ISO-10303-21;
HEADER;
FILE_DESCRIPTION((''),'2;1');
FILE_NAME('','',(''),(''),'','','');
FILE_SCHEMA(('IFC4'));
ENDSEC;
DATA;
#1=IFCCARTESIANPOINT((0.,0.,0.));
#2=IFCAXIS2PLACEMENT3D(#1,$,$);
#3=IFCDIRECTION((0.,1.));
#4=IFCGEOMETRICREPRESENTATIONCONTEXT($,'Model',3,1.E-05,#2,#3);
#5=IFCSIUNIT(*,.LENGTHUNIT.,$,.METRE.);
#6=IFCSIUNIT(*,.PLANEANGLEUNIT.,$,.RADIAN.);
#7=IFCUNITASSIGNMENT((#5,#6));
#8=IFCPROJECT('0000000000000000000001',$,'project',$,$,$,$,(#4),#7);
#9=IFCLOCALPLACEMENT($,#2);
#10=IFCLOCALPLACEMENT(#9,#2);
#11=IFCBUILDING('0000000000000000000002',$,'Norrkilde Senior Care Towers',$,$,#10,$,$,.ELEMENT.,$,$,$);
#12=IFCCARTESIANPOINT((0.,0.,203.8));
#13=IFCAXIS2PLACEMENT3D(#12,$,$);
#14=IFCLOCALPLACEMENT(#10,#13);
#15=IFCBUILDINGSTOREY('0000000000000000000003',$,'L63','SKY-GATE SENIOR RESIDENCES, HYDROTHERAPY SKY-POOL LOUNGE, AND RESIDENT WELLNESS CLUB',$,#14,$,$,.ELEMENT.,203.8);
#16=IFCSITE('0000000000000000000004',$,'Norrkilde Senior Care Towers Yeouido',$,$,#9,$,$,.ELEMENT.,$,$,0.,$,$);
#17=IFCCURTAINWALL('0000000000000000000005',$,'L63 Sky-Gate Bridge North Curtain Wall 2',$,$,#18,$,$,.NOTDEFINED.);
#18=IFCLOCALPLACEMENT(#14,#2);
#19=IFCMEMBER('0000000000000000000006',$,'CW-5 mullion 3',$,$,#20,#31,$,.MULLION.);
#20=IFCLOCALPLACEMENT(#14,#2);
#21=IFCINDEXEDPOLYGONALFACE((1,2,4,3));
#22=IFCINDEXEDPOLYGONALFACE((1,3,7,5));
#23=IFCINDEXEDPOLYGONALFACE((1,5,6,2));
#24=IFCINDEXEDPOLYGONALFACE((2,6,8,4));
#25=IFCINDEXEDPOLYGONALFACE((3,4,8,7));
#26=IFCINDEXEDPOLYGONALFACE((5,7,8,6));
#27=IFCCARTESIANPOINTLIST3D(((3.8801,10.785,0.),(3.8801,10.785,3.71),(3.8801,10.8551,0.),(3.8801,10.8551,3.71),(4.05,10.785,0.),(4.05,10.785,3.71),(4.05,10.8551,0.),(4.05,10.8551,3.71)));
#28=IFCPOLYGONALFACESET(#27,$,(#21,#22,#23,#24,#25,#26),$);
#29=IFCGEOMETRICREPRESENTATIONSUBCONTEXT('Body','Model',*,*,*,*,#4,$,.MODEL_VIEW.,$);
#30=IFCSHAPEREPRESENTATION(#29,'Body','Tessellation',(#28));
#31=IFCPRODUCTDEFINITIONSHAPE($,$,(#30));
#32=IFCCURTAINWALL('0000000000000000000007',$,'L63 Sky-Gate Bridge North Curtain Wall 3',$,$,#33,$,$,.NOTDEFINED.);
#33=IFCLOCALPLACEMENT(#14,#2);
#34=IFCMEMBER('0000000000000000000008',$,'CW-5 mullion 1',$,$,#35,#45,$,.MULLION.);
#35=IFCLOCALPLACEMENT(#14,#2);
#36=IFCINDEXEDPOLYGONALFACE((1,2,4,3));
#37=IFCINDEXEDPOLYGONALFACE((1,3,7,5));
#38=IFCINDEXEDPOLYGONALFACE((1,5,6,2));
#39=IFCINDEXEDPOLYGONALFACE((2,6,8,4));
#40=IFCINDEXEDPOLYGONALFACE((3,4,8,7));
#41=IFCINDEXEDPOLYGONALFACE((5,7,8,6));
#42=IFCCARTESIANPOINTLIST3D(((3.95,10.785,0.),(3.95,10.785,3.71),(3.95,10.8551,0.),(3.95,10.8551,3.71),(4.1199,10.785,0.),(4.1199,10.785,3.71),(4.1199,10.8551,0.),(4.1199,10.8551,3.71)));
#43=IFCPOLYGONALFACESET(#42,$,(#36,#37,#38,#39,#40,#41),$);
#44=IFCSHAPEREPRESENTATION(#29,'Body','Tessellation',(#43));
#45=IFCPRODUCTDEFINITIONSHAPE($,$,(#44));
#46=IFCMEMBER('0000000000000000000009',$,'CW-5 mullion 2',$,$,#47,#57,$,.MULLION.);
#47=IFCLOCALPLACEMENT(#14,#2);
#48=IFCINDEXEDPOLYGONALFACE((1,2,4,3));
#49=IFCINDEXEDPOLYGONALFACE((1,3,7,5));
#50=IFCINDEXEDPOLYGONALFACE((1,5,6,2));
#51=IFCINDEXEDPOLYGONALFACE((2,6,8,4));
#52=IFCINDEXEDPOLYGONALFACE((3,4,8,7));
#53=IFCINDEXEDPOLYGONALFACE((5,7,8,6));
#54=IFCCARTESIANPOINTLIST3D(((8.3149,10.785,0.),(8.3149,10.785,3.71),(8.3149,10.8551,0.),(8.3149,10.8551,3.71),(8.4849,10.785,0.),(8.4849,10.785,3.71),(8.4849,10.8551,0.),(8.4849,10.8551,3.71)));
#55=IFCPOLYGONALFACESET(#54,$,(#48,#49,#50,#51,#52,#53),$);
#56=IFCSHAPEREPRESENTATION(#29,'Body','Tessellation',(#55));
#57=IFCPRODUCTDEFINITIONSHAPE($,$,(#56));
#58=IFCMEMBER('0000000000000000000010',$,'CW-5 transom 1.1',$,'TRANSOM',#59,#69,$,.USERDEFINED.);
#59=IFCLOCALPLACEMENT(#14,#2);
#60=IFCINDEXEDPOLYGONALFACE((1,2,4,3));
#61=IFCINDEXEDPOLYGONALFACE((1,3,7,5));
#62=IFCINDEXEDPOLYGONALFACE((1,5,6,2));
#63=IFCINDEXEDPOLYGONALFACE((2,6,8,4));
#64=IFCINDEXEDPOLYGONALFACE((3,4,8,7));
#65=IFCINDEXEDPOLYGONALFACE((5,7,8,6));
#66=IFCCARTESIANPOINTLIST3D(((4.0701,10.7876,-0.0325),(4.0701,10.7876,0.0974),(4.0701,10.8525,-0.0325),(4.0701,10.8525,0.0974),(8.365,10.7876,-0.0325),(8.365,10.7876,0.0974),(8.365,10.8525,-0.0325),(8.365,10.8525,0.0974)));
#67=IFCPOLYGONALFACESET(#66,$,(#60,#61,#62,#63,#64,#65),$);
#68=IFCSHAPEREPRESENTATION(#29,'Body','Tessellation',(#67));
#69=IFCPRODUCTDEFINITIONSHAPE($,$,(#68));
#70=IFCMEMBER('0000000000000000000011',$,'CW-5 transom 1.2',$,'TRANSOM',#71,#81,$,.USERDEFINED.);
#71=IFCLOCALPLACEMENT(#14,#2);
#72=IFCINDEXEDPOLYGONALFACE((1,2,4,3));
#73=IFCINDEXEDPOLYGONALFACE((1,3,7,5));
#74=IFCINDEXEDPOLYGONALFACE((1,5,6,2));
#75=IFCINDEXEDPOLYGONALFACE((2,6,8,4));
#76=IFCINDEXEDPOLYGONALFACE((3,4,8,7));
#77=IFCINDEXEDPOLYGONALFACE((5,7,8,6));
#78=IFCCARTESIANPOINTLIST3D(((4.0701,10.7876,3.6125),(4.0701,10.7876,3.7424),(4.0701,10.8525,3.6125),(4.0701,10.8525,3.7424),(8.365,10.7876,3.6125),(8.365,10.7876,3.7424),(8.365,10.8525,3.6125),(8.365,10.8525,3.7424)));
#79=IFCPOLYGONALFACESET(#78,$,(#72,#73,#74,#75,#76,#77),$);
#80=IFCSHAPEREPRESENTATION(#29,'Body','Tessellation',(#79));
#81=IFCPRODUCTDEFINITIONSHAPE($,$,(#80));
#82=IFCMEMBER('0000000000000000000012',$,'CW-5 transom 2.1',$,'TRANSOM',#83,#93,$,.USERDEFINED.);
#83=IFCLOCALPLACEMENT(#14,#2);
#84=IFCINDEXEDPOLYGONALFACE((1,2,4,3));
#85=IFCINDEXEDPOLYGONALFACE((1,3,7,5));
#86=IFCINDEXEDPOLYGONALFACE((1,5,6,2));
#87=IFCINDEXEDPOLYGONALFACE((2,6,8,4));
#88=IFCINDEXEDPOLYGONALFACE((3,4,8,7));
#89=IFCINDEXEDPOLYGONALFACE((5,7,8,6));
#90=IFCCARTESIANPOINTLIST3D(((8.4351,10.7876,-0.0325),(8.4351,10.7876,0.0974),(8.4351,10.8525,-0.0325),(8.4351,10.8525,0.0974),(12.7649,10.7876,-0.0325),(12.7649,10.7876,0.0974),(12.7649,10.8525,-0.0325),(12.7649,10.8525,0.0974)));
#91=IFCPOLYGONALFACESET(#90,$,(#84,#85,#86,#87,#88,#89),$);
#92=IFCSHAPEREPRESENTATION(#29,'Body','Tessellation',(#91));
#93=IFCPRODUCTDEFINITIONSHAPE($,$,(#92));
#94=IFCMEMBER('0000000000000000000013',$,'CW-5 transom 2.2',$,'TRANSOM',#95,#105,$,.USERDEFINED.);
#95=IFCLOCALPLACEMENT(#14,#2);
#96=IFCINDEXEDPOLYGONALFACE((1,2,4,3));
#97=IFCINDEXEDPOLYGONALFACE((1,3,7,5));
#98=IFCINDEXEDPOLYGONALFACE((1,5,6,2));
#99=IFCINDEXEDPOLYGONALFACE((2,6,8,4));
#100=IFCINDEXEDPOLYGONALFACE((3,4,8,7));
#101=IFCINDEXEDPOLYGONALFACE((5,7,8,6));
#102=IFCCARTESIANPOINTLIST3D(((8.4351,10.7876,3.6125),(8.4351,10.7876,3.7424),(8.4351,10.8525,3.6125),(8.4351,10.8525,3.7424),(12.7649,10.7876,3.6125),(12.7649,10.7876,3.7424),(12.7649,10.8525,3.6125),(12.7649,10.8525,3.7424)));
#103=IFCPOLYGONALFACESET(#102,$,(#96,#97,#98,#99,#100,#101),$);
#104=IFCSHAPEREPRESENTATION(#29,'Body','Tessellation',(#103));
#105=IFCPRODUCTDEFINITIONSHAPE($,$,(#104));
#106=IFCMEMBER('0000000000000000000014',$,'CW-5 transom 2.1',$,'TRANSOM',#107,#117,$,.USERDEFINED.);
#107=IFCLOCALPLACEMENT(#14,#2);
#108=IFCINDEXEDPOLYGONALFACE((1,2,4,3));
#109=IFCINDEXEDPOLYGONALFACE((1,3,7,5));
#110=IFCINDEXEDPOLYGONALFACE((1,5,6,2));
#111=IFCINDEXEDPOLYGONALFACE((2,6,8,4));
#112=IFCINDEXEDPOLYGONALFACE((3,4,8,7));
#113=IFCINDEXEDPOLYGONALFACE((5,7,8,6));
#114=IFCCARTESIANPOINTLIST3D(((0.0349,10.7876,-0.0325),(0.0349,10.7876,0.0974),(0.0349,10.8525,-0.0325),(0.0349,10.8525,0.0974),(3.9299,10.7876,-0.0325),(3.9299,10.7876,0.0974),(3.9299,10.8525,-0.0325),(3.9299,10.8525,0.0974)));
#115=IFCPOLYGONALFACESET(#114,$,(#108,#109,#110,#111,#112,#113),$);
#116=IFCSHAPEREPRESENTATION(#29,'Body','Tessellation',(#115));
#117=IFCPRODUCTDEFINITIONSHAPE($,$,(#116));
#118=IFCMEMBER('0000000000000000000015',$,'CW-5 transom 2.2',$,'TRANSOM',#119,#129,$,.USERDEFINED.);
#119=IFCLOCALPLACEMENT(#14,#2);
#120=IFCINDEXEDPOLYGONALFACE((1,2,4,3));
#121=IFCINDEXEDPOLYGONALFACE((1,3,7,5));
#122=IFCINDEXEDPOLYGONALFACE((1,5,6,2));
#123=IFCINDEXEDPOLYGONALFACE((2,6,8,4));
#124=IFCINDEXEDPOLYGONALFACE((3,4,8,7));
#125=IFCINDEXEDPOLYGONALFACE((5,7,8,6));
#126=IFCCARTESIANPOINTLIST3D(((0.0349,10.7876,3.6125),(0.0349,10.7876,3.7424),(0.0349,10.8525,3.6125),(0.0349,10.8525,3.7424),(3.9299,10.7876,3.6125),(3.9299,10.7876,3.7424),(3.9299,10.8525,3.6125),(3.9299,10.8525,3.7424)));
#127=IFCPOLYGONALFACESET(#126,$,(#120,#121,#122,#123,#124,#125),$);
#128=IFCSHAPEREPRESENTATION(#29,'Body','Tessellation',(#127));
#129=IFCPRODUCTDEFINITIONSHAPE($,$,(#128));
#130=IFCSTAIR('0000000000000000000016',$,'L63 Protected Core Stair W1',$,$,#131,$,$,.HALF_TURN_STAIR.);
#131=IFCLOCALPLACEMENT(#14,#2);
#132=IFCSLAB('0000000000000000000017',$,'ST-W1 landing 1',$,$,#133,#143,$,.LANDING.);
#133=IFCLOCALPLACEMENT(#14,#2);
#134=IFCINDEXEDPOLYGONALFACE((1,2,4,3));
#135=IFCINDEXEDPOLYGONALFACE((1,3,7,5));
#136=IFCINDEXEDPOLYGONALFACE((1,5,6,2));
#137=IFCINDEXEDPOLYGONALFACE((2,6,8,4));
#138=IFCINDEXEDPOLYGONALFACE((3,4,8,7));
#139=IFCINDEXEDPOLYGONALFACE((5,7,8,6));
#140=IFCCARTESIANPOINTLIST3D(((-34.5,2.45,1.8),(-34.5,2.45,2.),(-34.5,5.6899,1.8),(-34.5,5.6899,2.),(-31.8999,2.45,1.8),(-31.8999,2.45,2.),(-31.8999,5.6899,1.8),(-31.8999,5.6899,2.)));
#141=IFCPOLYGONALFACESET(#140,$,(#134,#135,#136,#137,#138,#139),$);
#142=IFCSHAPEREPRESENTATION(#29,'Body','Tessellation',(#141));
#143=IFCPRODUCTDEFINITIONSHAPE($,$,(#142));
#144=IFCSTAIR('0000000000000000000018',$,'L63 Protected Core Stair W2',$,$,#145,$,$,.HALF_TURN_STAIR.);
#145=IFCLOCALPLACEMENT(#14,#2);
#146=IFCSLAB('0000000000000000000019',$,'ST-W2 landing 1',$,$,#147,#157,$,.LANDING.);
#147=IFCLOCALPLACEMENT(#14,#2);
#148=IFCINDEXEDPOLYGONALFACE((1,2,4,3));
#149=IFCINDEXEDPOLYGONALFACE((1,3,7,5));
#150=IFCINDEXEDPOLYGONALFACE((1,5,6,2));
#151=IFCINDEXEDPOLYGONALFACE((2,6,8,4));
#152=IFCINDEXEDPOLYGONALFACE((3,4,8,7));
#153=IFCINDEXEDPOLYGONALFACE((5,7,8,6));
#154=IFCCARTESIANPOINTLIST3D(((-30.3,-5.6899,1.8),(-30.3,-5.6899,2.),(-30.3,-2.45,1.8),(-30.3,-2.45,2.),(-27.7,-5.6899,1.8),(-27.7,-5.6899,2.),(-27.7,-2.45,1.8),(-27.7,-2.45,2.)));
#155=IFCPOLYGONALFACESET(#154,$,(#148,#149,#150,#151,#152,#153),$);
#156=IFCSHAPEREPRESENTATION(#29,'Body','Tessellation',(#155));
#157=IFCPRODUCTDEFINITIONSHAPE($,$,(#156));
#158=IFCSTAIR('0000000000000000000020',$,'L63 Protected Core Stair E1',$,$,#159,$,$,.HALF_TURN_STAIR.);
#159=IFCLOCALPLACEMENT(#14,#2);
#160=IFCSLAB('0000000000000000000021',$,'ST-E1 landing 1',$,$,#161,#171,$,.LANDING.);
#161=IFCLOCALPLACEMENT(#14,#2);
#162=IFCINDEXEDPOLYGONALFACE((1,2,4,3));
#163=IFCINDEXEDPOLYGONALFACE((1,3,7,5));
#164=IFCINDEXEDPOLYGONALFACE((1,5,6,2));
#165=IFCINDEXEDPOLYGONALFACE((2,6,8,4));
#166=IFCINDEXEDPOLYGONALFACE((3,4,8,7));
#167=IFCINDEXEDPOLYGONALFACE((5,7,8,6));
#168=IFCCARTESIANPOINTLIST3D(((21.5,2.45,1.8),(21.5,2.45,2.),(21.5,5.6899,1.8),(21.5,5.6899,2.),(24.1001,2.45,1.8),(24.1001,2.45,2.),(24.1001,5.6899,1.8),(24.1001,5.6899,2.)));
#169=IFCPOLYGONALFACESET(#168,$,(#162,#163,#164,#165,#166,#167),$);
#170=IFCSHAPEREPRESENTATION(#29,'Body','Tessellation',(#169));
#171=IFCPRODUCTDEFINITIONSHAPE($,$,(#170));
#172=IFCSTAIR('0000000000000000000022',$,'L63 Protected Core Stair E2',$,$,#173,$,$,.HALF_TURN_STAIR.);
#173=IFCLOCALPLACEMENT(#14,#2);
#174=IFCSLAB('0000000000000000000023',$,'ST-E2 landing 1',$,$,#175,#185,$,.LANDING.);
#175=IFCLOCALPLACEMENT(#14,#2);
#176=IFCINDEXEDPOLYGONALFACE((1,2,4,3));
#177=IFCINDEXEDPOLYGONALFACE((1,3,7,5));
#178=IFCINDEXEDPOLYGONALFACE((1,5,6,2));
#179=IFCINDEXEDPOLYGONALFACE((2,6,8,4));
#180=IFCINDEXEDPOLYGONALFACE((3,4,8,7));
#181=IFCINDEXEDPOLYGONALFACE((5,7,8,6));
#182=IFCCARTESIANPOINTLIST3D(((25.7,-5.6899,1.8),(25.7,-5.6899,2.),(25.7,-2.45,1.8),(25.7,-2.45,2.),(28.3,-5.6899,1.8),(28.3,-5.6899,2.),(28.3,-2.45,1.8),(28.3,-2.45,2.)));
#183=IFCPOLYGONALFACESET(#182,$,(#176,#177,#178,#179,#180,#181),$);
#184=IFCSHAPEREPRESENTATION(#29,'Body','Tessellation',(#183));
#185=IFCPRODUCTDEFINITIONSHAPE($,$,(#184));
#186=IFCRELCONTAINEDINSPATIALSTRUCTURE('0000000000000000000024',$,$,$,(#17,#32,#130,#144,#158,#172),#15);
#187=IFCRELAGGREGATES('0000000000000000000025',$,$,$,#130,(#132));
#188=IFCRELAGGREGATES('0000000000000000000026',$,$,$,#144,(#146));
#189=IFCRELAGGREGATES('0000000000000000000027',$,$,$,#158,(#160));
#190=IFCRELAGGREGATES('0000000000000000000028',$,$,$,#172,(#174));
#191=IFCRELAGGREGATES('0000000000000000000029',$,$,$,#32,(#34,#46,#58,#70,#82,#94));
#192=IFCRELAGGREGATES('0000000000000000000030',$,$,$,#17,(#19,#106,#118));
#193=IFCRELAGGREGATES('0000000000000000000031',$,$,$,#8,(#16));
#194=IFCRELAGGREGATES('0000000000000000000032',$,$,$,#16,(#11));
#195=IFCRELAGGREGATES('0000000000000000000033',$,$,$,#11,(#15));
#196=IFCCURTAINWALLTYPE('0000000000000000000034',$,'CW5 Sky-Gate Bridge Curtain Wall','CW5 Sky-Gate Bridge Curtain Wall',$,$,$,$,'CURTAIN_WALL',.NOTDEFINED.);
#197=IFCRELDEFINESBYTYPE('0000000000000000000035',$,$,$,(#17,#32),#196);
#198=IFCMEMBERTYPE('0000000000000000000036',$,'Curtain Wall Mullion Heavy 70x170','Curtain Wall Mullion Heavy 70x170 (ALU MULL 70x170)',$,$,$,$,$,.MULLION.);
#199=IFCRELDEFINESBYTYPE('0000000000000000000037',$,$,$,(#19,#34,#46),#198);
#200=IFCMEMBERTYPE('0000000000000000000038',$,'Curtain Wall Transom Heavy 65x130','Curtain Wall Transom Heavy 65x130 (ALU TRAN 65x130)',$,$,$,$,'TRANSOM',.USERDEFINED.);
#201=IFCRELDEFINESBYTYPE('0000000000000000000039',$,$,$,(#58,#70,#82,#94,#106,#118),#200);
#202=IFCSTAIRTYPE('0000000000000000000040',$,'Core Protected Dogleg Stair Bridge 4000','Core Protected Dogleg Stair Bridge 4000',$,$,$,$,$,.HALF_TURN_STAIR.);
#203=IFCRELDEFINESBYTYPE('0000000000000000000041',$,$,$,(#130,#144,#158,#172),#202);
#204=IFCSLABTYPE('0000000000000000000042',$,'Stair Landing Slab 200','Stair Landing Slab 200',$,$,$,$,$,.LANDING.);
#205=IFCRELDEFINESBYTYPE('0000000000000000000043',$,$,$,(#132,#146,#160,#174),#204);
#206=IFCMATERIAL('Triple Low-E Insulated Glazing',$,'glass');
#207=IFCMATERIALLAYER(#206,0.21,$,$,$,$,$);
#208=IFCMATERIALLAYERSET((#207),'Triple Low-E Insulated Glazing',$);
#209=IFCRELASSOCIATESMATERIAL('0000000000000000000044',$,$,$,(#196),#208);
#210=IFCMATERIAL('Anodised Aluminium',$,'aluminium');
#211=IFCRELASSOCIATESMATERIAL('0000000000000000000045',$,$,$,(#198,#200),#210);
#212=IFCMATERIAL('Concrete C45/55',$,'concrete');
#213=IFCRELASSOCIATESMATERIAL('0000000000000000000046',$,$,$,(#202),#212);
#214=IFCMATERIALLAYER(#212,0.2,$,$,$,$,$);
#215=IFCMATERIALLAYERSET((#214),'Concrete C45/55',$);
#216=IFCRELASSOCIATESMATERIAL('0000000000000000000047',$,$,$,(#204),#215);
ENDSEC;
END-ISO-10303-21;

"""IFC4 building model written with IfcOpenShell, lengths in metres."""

from ifc_helpers import new_model, si_unit, direction, frame, origin, origin_2d, place, context, subcontext, project, spatial, polyline, rectangle, outline, extrude, source, transform, mapped, material, layer, layer_set, material_profile, profile_set, type_object, type_shapes, element, aggregate, save


model = new_model("IFC4")

# Units and contexts
model_context = context("Model", 3, precision=1e-05, world=origin(), true_north=direction((0.0, 1.0)))
body_context = subcontext(model_context, "Body", "Model", "MODEL_VIEW")
ifc_project = project(units=[si_unit("LENGTHUNIT", "METRE"), si_unit("PLANEANGLEUNIT", "RADIAN")], contexts=[model_context])

# Site, building, storey
site_placement = place(None, origin())
site = spatial("IfcSite", under=ifc_project, at=site_placement, Name="Norrkilde Senior Care Towers Yeouido", CompositionType="ELEMENT", RefElevation=0.0)
building_placement = place(site_placement, origin())
building = spatial("IfcBuilding", under=site, at=building_placement, Name="Norrkilde Senior Care Towers", CompositionType="ELEMENT")
storey_placement = place(building_placement, frame((0.0, 0.0, 203.8)))
storey = spatial("IfcBuildingStorey", under=building, at=storey_placement, Name="L63", Description="SKY-GATE SENIOR RESIDENCES, HYDROTHERAPY SKY-POOL LOUNGE, AND RESIDENT WELLNESS CLUB", CompositionType="ELEMENT", Elevation=203.8)

# Curtain wall, member
ifc_material_1 = material(Name="Triple Low-E Insulated Glazing", Category="glass")
ifc_layer_1 = layer(ifc_material_1, 0.21)
ifc_layer_set_1 = layer_set([ifc_layer_1], Name="Triple Low-E Insulated Glazing")
curtain_wall_type = type_object("IfcCurtainWallType", Name="CW5 Sky-Gate Bridge Curtain Wall", Description="CW5 Sky-Gate Bridge Curtain Wall", ElementType="CURTAIN_WALL", PredefinedType="NOTDEFINED", material=ifc_layer_set_1)
curtain_wall_1_placement = place(storey_placement, origin())
curtain_wall_1 = element("IfcCurtainWall", 1, at=curtain_wall_1_placement, inside=storey, type_object=curtain_wall_type, Name="L63 Sky-Gate Bridge North Curtain Wall 2", PredefinedType="NOTDEFINED")
ifc_material_2 = material(Name="Anodised Aluminium", Category="aluminium")
ifc_material_profile_1 = material_profile(ifc_material_2, rectangle(XDim=0.0701, YDim=0.1699, at=origin_2d()), Name="ALU MULL 70x170")
ifc_profile_set_1 = profile_set([ifc_material_profile_1], Name="Anodised Aluminium")
member_type_1 = type_object("IfcMemberType", Name="Curtain Wall Mullion Heavy 70x170", Description="Curtain Wall Mullion Heavy 70x170 (ALU MULL 70x170)", PredefinedType="MULLION", material=ifc_profile_set_1)
shared_shape_1 = source(origin(), body_context, "Body", "SweptSolid", [
    extrude(rectangle(XDim=0.0701, YDim=0.1699, at=origin_2d()), origin(), (0.0, 0.0, 1.0), 3.71),
])
type_shapes(member_type_1, [shared_shape_1])
member_1_placement = place(storey_placement, frame((3.9651, 10.8201, 0.0), z_axis=(0.0, 0.0, 1.0), x_axis=(0.0, 1.0, 0.0)))
member_1 = element("IfcMember", 2, at=member_1_placement, type_object=member_type_1, Name="CW-5 mullion 3", PredefinedType="MULLION", context=body_context, shape_type="MappedRepresentation", body=[
    mapped(shared_shape_1, transform((0.0, 0.0, 0.0), x_axis=(1.0, 0.0, 0.0), y_axis=(0.0, 1.0, 0.0), z_axis=(0.0, 0.0, 1.0), scale=1.0)),
])

# Curtain wall, members
curtain_wall_2_placement = place(storey_placement, origin())
curtain_wall_2 = element("IfcCurtainWall", 3, at=curtain_wall_2_placement, inside=storey, type_object=curtain_wall_type, Name="L63 Sky-Gate Bridge North Curtain Wall 3", PredefinedType="NOTDEFINED")
member_2_placement = place(storey_placement, frame((4.0349, 10.8201, 0.0), z_axis=(0.0, 0.0, 1.0), x_axis=(0.0, 1.0, 0.0)))
member_2 = element("IfcMember", 4, at=member_2_placement, type_object=member_type_1, Name="CW-5 mullion 1", PredefinedType="MULLION", context=body_context, shape_type="MappedRepresentation", body=[
    mapped(shared_shape_1, transform((0.0, 0.0, 0.0), x_axis=(1.0, 0.0, 0.0), y_axis=(0.0, 1.0, 0.0), z_axis=(0.0, 0.0, 1.0), scale=1.0)),
])
member_3_placement = place(storey_placement, frame((8.3999, 10.8201, 0.0), z_axis=(0.0, 0.0, 1.0), x_axis=(0.0, 1.0, 0.0)))
member_3 = element("IfcMember", 5, at=member_3_placement, type_object=member_type_1, Name="CW-5 mullion 2", PredefinedType="MULLION", context=body_context, shape_type="MappedRepresentation", body=[
    mapped(shared_shape_1, transform((0.0, 0.0, 0.0), x_axis=(1.0, 0.0, 0.0), y_axis=(0.0, 1.0, 0.0), z_axis=(0.0, 0.0, 1.0), scale=1.0)),
])
ifc_material_profile_2 = material_profile(ifc_material_2, rectangle(XDim=0.0649, YDim=0.1299, at=origin_2d()), Name="ALU TRAN 65x130")
ifc_profile_set_2 = profile_set([ifc_material_profile_2], Name="Anodised Aluminium")
member_type_2 = type_object("IfcMemberType", Name="Curtain Wall Transom Heavy 65x130", Description="Curtain Wall Transom Heavy 65x130 (ALU TRAN 65x130)", ElementType="TRANSOM", PredefinedType="USERDEFINED", material=ifc_profile_set_2)
shared_shape_2 = source(origin(), body_context, "Body", "SweptSolid", [
    extrude(rectangle(XDim=0.0649, YDim=0.1299, at=origin_2d()), origin(), (0.0, 0.0, 1.0), 4.2949),
])
member_4_placement = place(storey_placement, frame((4.0701, 10.8201, 0.0325), z_axis=(1.0, 0.0, 0.0), x_axis=(0.0, 1.0, 0.0)))
member_4 = element("IfcMember", 6, at=member_4_placement, type_object=member_type_2, Name="CW-5 transom 1.1", ObjectType="TRANSOM", PredefinedType="USERDEFINED", context=body_context, shape_type="MappedRepresentation", body=[
    mapped(shared_shape_2, transform((0.0, 0.0, 0.0), x_axis=(1.0, 0.0, 0.0), y_axis=(0.0, 1.0, 0.0), z_axis=(0.0, 0.0, 1.0), scale=1.0)),
])
member_5_placement = place(storey_placement, frame((4.0701, 10.8201, 3.6775), z_axis=(1.0, 0.0, 0.0), x_axis=(0.0, 1.0, 0.0)))
member_5 = element("IfcMember", 7, at=member_5_placement, type_object=member_type_2, Name="CW-5 transom 1.2", ObjectType="TRANSOM", PredefinedType="USERDEFINED", context=body_context, shape_type="MappedRepresentation", body=[
    mapped(shared_shape_2, transform((0.0, 0.0, 0.0), x_axis=(1.0, 0.0, 0.0), y_axis=(0.0, 1.0, 0.0), z_axis=(0.0, 0.0, 1.0), scale=1.0)),
])
shared_shape_3 = source(origin(), body_context, "Body", "SweptSolid", [
    extrude(rectangle(XDim=0.0649, YDim=0.1299, at=origin_2d()), origin(), (0.0, 0.0, 1.0), 4.3298),
])
member_6_placement = place(storey_placement, frame((8.4351, 10.8201, 0.0325), z_axis=(1.0, 0.0, 0.0), x_axis=(0.0, 1.0, 0.0)))
member_6 = element("IfcMember", 8, at=member_6_placement, type_object=member_type_2, Name="CW-5 transom 2.1", ObjectType="TRANSOM", PredefinedType="USERDEFINED", context=body_context, shape_type="MappedRepresentation", body=[
    mapped(shared_shape_3, transform((0.0, 0.0, 0.0), x_axis=(1.0, 0.0, 0.0), y_axis=(0.0, 1.0, 0.0), z_axis=(0.0, 0.0, 1.0), scale=1.0)),
])
member_7_placement = place(storey_placement, frame((8.4351, 10.8201, 3.6775), z_axis=(1.0, 0.0, 0.0), x_axis=(0.0, 1.0, 0.0)))
member_7 = element("IfcMember", 9, at=member_7_placement, type_object=member_type_2, Name="CW-5 transom 2.2", ObjectType="TRANSOM", PredefinedType="USERDEFINED", context=body_context, shape_type="MappedRepresentation", body=[
    mapped(shared_shape_3, transform((0.0, 0.0, 0.0), x_axis=(1.0, 0.0, 0.0), y_axis=(0.0, 1.0, 0.0), z_axis=(0.0, 0.0, 1.0), scale=1.0)),
])

# Members
shared_shape_4 = source(origin(), body_context, "Body", "SweptSolid", [
    extrude(rectangle(XDim=0.0649, YDim=0.1299, at=origin_2d()), origin(), (0.0, 0.0, 1.0), 3.895),
])
type_shapes(member_type_2, [shared_shape_2, shared_shape_3, shared_shape_4])
member_8_placement = place(storey_placement, frame((0.0349, 10.8201, 0.0325), z_axis=(1.0, 0.0, 0.0), x_axis=(0.0, 1.0, 0.0)))
member_8 = element("IfcMember", 10, at=member_8_placement, type_object=member_type_2, Name="CW-5 transom 2.1", ObjectType="TRANSOM", PredefinedType="USERDEFINED", context=body_context, shape_type="MappedRepresentation", body=[
    mapped(shared_shape_4, transform((0.0, 0.0, 0.0), x_axis=(1.0, 0.0, 0.0), y_axis=(0.0, 1.0, 0.0), z_axis=(0.0, 0.0, 1.0), scale=1.0)),
])
member_9_placement = place(storey_placement, frame((0.0349, 10.8201, 3.6775), z_axis=(1.0, 0.0, 0.0), x_axis=(0.0, 1.0, 0.0)))
member_9 = element("IfcMember", 11, at=member_9_placement, type_object=member_type_2, Name="CW-5 transom 2.2", ObjectType="TRANSOM", PredefinedType="USERDEFINED", context=body_context, shape_type="MappedRepresentation", body=[
    mapped(shared_shape_4, transform((0.0, 0.0, 0.0), x_axis=(1.0, 0.0, 0.0), y_axis=(0.0, 1.0, 0.0), z_axis=(0.0, 0.0, 1.0), scale=1.0)),
])

# Stairs, slabs
ifc_material_3 = material(Name="Concrete C45/55", Category="concrete")
stair_type = type_object("IfcStairType", Name="Core Protected Dogleg Stair Bridge 4000", Description="Core Protected Dogleg Stair Bridge 4000", PredefinedType="HALF_TURN_STAIR", material=ifc_material_3)
stair_1_placement = place(storey_placement, origin())
stair_1 = element("IfcStair", 12, at=stair_1_placement, inside=storey, type_object=stair_type, Name="L63 Protected Core Stair W1", PredefinedType="HALF_TURN_STAIR")
ifc_layer_2 = layer(ifc_material_3, 0.2)
ifc_layer_set_2 = layer_set([ifc_layer_2], Name="Concrete C45/55")
slab_type = type_object("IfcSlabType", Name="Stair Landing Slab 200", Description="Stair Landing Slab 200", PredefinedType="LANDING", material=ifc_layer_set_2)
slab_1_placement = place(storey_placement, frame((0.0, 0.0, 1.8)))
slab_1 = element("IfcSlab", 13, at=slab_1_placement, type_object=slab_type, Name="ST-W1 landing 1", PredefinedType="LANDING", context=body_context, shape_type="SweptSolid", body=[
    extrude(outline(polyline([(-31.8999, 5.6899), (-34.5, 5.6899), (-34.5, 2.45), (-31.8999, 2.45), (-31.8999, 5.6899)])), origin(), (0.0, 0.0, 1.0), 0.2),
])
aggregate(stair_1, [slab_1])
stair_2_placement = place(storey_placement, origin())
stair_2 = element("IfcStair", 14, at=stair_2_placement, inside=storey, type_object=stair_type, Name="L63 Protected Core Stair W2", PredefinedType="HALF_TURN_STAIR")
slab_2_placement = place(storey_placement, frame((0.0, 0.0, 1.8)))
slab_2 = element("IfcSlab", 15, at=slab_2_placement, type_object=slab_type, Name="ST-W2 landing 1", PredefinedType="LANDING", context=body_context, shape_type="SweptSolid", body=[
    extrude(outline(polyline([(-30.3, -5.6899), (-27.7, -5.6899), (-27.7, -2.45), (-30.3, -2.45), (-30.3, -5.6899)])), origin(), (0.0, 0.0, 1.0), 0.2),
])
aggregate(stair_2, [slab_2])
stair_3_placement = place(storey_placement, origin())
stair_3 = element("IfcStair", 16, at=stair_3_placement, inside=storey, type_object=stair_type, Name="L63 Protected Core Stair E1", PredefinedType="HALF_TURN_STAIR")
slab_3_placement = place(storey_placement, frame((0.0, 0.0, 1.8)))
slab_3 = element("IfcSlab", 17, at=slab_3_placement, type_object=slab_type, Name="ST-E1 landing 1", PredefinedType="LANDING", context=body_context, shape_type="SweptSolid", body=[
    extrude(outline(polyline([(24.1001, 5.6899), (21.5, 5.6899), (21.5, 2.45), (24.1001, 2.45), (24.1001, 5.6899)])), origin(), (0.0, 0.0, 1.0), 0.2),
])
aggregate(stair_3, [slab_3])
stair_4_placement = place(storey_placement, origin())
stair_4 = element("IfcStair", 18, at=stair_4_placement, inside=storey, type_object=stair_type, Name="L63 Protected Core Stair E2", PredefinedType="HALF_TURN_STAIR")
slab_4_placement = place(storey_placement, frame((0.0, 0.0, 1.8)))
slab_4 = element("IfcSlab", 19, at=slab_4_placement, type_object=slab_type, Name="ST-E2 landing 1", PredefinedType="LANDING", context=body_context, shape_type="SweptSolid", body=[
    extrude(outline(polyline([(25.7, -5.6899), (28.3, -5.6899), (28.3, -2.45), (25.7, -2.45), (25.7, -5.6899)])), origin(), (0.0, 0.0, 1.0), 0.2),
])
aggregate(stair_4, [slab_4])

aggregate(curtain_wall_2, [member_2, member_3, member_4, member_5, member_6, member_7])
aggregate(curtain_wall_1, [member_1, member_8, member_9])

save(model, "model.ifc")
